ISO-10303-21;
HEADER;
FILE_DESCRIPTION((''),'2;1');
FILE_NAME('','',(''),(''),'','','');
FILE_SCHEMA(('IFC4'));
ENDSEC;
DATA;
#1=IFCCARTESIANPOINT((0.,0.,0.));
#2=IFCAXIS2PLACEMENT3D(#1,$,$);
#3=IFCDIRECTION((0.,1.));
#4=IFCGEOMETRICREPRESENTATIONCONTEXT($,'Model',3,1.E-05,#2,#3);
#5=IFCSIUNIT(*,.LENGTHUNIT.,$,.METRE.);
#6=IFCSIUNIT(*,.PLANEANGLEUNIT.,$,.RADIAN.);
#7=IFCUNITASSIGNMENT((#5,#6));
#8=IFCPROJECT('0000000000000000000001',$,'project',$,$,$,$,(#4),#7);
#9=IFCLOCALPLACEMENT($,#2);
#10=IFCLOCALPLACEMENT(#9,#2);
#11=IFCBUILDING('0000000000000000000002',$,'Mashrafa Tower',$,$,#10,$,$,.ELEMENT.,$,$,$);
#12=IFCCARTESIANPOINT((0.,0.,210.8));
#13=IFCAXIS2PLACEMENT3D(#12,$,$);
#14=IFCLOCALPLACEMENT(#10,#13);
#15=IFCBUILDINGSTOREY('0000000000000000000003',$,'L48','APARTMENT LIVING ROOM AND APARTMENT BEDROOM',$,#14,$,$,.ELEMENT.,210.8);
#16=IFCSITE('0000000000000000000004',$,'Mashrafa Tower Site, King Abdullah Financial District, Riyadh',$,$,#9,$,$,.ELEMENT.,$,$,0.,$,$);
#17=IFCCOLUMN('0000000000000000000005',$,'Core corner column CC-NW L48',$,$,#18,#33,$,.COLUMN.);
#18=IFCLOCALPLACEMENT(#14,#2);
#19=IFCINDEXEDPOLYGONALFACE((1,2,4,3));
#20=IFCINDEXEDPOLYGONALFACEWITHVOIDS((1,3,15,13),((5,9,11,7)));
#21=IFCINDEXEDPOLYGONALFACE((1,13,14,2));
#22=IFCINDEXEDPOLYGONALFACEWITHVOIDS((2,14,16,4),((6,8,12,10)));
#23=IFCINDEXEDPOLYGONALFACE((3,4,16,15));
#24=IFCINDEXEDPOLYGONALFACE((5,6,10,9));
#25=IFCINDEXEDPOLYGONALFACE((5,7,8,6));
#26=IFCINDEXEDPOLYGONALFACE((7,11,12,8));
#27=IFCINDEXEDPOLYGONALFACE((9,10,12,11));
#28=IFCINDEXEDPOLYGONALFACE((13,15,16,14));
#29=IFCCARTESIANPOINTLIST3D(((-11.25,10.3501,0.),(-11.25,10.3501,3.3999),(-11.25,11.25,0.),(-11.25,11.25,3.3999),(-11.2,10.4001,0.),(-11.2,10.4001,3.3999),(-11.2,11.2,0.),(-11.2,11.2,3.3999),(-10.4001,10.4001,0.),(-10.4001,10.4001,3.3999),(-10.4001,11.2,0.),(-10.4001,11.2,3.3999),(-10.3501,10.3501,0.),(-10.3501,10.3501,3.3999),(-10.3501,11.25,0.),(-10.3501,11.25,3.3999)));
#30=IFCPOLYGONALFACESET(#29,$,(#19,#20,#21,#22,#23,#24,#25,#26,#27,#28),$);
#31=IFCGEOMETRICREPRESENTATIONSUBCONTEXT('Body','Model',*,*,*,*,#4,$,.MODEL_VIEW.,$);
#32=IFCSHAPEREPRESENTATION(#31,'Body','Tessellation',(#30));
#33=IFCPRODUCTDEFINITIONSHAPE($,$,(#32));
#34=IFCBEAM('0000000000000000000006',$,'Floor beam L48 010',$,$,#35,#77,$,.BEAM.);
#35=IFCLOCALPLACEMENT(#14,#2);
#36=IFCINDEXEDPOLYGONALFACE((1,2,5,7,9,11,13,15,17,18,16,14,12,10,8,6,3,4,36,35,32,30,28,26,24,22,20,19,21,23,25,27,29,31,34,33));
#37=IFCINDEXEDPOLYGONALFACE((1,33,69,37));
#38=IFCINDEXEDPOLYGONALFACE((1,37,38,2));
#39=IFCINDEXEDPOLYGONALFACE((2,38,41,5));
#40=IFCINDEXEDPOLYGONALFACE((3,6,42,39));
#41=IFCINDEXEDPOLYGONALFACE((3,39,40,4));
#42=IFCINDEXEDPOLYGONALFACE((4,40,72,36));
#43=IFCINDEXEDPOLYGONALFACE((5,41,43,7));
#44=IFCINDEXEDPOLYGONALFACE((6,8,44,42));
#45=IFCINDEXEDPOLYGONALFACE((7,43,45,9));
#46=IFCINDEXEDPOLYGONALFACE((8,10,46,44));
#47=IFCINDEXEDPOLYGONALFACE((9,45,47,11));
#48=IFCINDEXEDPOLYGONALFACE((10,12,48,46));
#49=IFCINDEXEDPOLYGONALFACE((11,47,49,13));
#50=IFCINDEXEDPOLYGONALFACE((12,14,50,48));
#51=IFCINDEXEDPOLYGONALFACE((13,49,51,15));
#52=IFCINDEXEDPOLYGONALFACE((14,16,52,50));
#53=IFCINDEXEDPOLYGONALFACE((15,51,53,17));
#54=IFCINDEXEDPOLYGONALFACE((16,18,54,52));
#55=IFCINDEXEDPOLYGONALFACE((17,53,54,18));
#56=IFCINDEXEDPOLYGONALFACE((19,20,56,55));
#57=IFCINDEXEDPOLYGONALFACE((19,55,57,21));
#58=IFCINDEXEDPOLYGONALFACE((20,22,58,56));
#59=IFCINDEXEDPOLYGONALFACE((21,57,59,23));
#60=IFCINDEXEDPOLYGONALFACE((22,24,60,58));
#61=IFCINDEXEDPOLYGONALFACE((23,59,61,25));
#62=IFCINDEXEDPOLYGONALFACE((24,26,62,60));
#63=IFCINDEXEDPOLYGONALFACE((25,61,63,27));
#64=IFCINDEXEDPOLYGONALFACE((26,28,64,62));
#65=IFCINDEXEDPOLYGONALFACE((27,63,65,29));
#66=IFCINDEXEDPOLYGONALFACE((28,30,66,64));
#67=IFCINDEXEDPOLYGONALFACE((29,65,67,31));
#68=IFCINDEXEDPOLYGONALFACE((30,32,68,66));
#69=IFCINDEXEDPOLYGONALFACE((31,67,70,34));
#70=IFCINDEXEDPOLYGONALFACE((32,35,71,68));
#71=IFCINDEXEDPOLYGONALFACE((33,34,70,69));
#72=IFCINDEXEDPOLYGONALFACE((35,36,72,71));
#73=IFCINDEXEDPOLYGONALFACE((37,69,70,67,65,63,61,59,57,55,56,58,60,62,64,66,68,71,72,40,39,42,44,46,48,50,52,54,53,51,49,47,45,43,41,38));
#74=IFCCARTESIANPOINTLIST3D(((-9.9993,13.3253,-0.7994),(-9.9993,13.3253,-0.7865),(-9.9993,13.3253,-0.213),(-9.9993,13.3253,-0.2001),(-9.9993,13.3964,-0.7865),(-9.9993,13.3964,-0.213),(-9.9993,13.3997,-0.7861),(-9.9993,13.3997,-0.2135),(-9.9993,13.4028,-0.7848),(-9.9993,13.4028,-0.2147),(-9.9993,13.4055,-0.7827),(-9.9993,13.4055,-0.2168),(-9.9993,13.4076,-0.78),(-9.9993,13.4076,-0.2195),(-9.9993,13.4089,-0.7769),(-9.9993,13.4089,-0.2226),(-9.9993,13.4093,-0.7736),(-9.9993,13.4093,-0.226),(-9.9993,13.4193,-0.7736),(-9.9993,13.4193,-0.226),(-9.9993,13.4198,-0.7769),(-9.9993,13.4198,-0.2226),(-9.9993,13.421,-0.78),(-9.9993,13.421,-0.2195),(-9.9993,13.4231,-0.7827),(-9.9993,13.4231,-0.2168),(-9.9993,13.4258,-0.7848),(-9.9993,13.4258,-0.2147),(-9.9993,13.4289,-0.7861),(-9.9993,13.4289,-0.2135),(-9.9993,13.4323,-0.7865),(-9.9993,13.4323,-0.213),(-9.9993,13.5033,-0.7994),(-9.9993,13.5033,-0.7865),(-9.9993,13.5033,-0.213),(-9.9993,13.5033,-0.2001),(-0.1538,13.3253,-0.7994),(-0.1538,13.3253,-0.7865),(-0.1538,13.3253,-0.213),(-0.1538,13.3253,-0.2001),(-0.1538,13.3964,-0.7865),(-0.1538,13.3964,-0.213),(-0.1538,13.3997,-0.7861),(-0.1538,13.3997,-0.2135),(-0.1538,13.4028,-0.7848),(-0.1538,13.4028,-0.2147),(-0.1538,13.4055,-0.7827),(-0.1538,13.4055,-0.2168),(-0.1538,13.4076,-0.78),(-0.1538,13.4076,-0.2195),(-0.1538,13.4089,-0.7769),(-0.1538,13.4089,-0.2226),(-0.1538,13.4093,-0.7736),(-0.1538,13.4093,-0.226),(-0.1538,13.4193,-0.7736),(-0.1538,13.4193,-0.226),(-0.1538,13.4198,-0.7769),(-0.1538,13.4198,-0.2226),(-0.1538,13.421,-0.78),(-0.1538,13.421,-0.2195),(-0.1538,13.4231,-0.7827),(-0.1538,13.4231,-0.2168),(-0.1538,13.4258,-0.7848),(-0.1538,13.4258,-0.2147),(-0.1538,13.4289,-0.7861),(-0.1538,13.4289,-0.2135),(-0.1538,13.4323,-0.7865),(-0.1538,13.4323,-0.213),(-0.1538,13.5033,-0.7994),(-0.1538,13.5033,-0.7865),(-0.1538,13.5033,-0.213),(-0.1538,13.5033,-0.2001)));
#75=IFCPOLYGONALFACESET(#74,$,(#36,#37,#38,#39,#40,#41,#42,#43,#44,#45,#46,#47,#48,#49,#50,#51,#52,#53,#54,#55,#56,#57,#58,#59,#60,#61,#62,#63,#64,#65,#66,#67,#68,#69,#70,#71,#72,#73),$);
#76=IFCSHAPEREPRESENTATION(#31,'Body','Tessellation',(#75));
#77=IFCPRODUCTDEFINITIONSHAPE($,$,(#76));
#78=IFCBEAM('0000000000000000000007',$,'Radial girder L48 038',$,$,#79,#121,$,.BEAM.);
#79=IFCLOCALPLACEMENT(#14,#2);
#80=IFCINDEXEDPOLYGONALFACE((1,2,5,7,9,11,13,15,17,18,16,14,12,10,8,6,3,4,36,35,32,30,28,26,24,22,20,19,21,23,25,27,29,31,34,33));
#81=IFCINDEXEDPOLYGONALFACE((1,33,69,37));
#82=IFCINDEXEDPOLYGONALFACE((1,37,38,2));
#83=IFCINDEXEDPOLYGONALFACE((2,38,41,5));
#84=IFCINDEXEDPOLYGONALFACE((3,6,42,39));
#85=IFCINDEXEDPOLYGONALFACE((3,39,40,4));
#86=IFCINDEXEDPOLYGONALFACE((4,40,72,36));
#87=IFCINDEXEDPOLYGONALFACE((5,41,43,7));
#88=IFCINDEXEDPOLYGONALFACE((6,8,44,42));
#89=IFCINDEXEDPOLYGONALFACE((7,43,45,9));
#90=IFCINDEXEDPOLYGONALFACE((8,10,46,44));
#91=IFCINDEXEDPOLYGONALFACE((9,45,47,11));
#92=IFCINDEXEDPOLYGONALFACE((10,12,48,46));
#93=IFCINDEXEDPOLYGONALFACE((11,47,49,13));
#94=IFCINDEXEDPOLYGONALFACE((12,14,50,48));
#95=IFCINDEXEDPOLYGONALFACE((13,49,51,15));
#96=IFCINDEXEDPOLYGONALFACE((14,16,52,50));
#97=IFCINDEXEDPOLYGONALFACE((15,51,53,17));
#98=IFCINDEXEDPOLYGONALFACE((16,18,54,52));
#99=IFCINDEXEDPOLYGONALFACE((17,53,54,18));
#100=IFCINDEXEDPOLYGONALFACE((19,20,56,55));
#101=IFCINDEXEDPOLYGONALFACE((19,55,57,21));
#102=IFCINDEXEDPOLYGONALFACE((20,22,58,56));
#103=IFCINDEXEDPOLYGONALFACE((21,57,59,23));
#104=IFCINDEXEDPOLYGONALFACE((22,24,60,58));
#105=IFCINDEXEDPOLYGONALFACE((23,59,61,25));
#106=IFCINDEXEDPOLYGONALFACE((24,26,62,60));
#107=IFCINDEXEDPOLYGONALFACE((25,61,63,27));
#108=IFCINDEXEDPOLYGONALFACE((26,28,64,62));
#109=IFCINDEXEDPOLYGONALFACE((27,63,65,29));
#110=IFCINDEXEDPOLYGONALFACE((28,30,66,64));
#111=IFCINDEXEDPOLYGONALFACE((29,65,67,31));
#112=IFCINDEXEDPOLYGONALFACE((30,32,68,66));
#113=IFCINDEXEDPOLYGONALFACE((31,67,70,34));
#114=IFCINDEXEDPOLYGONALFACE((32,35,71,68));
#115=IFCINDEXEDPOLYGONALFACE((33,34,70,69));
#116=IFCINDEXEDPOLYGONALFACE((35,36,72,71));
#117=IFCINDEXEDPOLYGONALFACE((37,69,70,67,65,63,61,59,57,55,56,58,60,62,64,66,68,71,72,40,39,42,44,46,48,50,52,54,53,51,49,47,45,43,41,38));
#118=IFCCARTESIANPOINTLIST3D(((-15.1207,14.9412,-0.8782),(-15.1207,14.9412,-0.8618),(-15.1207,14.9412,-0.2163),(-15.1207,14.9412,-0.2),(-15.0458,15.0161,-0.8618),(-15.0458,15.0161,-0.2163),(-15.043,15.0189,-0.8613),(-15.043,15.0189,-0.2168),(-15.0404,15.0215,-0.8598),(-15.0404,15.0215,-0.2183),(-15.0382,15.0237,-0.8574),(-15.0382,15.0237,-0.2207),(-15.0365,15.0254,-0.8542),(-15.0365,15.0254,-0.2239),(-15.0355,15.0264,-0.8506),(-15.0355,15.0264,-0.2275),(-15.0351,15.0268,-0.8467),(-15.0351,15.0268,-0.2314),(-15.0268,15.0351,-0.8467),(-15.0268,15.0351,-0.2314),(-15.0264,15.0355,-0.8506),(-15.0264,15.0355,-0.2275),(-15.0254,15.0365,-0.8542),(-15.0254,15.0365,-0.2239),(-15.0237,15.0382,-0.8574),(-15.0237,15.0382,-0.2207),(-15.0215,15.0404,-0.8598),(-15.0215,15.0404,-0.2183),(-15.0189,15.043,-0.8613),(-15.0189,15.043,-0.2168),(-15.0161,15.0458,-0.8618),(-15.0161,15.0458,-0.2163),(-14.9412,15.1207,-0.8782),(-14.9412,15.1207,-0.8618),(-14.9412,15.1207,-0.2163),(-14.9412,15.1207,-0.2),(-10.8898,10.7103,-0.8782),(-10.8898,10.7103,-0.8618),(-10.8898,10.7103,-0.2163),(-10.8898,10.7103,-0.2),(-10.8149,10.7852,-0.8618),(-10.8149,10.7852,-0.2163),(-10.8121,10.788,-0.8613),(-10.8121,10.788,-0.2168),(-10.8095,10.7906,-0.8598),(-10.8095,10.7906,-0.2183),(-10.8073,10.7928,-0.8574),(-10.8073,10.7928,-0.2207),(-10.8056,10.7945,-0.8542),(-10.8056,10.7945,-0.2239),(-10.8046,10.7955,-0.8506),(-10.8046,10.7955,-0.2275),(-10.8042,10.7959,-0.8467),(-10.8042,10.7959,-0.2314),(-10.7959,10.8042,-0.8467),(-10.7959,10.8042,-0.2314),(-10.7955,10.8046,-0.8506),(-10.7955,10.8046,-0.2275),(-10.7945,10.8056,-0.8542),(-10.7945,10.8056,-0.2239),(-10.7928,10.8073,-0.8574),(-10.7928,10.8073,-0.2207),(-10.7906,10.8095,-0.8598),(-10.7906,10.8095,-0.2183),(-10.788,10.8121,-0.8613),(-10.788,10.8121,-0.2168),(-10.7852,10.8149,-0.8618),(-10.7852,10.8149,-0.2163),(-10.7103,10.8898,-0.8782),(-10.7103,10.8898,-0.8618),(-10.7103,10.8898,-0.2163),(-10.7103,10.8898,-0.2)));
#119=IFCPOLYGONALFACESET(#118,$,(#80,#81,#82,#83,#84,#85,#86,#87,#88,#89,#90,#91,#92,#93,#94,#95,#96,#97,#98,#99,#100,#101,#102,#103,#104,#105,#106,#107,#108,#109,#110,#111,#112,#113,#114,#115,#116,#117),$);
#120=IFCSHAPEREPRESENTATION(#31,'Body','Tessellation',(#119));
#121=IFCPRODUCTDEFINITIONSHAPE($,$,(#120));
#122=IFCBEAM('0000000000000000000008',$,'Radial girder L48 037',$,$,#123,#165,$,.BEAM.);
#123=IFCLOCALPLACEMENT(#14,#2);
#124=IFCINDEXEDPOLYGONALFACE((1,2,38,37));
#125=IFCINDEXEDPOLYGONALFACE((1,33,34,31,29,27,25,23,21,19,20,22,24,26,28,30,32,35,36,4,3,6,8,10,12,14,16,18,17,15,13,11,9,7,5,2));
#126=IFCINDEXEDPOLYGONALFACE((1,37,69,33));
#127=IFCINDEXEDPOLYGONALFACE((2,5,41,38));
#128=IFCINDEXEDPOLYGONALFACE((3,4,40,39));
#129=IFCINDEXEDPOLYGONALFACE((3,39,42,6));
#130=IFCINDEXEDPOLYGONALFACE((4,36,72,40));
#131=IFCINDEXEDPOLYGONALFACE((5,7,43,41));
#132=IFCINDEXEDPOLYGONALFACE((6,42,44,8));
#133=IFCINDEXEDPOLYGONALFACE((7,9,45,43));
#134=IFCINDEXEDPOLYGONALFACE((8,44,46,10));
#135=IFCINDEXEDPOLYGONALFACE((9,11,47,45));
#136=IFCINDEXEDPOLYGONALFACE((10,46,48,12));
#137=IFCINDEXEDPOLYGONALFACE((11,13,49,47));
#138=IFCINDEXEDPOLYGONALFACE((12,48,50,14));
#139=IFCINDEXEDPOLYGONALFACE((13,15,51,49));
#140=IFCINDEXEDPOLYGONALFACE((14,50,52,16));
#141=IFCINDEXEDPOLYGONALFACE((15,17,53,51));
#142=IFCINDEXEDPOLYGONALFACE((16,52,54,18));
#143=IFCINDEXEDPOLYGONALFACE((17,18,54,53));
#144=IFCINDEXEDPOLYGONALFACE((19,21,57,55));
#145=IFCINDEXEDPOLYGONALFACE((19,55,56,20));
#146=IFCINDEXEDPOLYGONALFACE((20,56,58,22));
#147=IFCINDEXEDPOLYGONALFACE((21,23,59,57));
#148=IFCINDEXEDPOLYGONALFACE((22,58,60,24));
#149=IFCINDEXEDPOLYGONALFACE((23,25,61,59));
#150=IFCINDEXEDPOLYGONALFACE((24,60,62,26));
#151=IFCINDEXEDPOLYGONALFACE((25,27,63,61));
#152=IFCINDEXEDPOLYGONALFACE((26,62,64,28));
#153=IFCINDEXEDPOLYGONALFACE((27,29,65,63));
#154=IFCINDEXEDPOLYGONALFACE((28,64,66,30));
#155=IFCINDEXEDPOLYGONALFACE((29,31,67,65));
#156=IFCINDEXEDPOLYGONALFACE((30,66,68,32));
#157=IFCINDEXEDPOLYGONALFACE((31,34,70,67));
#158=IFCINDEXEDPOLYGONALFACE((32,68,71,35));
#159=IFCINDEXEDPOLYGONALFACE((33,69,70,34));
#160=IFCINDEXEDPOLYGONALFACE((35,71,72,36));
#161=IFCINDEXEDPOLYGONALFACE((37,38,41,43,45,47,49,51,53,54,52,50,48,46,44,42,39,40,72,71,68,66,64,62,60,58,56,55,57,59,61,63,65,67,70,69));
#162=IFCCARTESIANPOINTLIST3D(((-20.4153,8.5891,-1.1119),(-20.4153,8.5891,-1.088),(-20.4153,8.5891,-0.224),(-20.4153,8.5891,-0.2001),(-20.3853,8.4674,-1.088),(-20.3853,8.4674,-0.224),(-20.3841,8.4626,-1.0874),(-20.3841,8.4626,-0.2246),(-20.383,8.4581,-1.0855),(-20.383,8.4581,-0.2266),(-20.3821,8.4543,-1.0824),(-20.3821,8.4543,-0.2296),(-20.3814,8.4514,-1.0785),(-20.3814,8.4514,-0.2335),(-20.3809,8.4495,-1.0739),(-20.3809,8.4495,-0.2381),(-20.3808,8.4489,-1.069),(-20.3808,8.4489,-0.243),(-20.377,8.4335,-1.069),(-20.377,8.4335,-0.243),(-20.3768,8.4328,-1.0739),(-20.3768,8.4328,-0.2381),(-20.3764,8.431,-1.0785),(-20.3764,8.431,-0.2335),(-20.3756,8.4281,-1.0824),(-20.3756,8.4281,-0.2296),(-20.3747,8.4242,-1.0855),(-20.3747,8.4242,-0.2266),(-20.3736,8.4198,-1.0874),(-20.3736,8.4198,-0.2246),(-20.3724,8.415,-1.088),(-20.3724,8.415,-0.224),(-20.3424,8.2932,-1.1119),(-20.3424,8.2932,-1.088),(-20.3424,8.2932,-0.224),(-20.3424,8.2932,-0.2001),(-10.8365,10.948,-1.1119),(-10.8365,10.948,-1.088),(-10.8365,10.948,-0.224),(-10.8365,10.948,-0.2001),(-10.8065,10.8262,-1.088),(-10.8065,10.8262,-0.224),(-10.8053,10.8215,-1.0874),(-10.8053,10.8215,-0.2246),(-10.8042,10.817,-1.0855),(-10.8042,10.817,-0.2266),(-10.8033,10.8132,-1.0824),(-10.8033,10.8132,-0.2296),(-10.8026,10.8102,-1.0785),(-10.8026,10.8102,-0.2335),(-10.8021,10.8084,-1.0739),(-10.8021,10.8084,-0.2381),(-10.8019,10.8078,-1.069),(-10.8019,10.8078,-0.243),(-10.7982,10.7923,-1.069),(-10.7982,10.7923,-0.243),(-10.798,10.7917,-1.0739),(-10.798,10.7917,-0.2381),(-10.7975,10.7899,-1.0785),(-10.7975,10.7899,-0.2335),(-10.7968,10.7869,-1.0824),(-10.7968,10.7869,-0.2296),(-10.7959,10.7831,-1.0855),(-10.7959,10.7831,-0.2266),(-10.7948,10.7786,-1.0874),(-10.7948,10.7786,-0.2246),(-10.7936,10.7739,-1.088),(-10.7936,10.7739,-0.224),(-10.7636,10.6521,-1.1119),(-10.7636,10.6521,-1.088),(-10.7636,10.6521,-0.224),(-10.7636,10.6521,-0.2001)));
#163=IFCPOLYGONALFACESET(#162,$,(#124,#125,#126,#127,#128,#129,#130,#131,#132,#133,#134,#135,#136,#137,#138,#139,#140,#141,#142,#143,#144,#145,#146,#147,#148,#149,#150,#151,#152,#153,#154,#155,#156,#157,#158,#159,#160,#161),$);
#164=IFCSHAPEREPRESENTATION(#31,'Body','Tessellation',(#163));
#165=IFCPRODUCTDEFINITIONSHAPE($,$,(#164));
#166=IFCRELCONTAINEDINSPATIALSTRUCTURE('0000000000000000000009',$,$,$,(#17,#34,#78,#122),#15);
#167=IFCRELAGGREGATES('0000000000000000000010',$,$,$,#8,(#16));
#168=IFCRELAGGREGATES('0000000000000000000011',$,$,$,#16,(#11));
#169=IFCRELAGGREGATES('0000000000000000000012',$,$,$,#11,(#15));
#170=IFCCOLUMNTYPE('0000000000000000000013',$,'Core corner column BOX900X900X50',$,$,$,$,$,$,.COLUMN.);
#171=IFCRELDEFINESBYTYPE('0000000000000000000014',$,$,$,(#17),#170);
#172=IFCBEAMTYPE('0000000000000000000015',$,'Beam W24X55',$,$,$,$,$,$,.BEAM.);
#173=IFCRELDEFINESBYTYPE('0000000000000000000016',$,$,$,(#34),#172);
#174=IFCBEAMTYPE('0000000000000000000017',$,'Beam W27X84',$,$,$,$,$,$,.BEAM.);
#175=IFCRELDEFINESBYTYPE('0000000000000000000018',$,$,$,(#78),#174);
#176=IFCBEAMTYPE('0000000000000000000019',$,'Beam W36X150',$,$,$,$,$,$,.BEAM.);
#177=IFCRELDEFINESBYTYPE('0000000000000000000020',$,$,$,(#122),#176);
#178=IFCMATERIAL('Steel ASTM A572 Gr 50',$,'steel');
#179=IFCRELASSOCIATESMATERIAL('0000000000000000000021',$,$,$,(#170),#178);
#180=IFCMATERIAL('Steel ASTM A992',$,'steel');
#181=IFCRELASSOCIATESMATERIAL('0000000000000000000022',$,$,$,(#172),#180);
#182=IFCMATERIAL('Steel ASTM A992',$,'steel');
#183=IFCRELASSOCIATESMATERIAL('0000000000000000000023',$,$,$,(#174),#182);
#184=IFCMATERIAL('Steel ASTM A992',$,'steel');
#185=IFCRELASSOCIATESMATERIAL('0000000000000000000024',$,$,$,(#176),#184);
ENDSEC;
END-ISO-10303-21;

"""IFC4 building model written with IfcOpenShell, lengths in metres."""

from ifc_helpers import new_model, si_unit, direction, frame, origin, origin_2d, place, context, subcontext, project, spatial, hollow_rectangle, i_section, extrude, material, material_profile, profile_set, type_object, element, save


model = new_model("IFC4")

# Units and contexts
model_context = context("Model", 3, precision=1e-05, world=origin(), true_north=direction((0.0, 1.0)))
body_context = subcontext(model_context, "Body", "Model", "MODEL_VIEW")
ifc_project = project(units=[si_unit("LENGTHUNIT", "METRE"), si_unit("PLANEANGLEUNIT", "RADIAN")], contexts=[model_context])

# Site, building, storey
site_placement = place(None, origin())
site = spatial("IfcSite", under=ifc_project, at=site_placement, Name="Mashrafa Tower Site, King Abdullah Financial District, Riyadh", CompositionType="ELEMENT", RefElevation=0.0)
building_placement = place(site_placement, origin())
building = spatial("IfcBuilding", under=site, at=building_placement, Name="Mashrafa Tower", CompositionType="ELEMENT")
storey_placement = place(building_placement, frame((0.0, 0.0, 210.8)))
storey = spatial("IfcBuildingStorey", under=building, at=storey_placement, Name="L48", Description="APARTMENT LIVING ROOM AND APARTMENT BEDROOM", CompositionType="ELEMENT", Elevation=210.8)

# Column
ifc_material_1 = material(Name="Steel ASTM A572 Gr 50", Category="steel")
ifc_material_profile_1 = material_profile(ifc_material_1, hollow_rectangle(XDim=0.8999, YDim=0.8999, WallThickness=0.05, at=origin_2d()), Name="BOX900X900X50")
ifc_profile_set_1 = profile_set([ifc_material_profile_1], Name="Steel ASTM A572 Gr 50")
column_type = type_object("IfcColumnType", Name="Core corner column BOX900X900X50", PredefinedType="COLUMN", material=ifc_profile_set_1)
column_placement = place(storey_placement, frame((-10.8, 10.8, 0.0), z_axis=(0.0, 0.0, 1.0), x_axis=(1.0, 0.0, 0.0)))
element("IfcColumn", 1, at=column_placement, inside=storey, type_object=column_type, Name="Core corner column CC-NW L48", PredefinedType="COLUMN", context=body_context, shape_type="SweptSolid", body=[
    extrude(hollow_rectangle(XDim=0.8999, YDim=0.8999, WallThickness=0.05, at=origin_2d()), origin(), (0.0, 0.0, 1.0), 3.3999),
])

# Beams
ifc_material_2 = material(Name="Steel ASTM A992", Category="steel")
ifc_material_profile_2 = material_profile(ifc_material_2, i_section(OverallWidth=0.178, OverallDepth=0.5994, WebThickness=0.01, FlangeThickness=0.0129, FilletRadius=0.0129, at=origin_2d()), Name="W24X55")
ifc_profile_set_2 = profile_set([ifc_material_profile_2], Name="Steel ASTM A992")
beam_type_1 = type_object("IfcBeamType", Name="Beam W24X55", PredefinedType="BEAM", material=ifc_profile_set_2)
beam_1_placement = place(storey_placement, frame((-9.9993, 13.4143, -0.4998), z_axis=(1.0, 0.0, 0.0), x_axis=(0.0, 1.0, 0.0)))
element("IfcBeam", 2, at=beam_1_placement, inside=storey, type_object=beam_type_1, Name="Floor beam L48 010", PredefinedType="BEAM", context=body_context, shape_type="SweptSolid", body=[
    extrude(i_section(OverallWidth=0.178, OverallDepth=0.5994, WebThickness=0.01, FlangeThickness=0.0129, FilletRadius=0.0129, at=origin_2d()), origin(), (0.0, 0.0, 1.0), 9.8455),
])
ifc_material_3 = material(Name="Steel ASTM A992", Category="steel")
ifc_material_profile_3 = material_profile(ifc_material_3, i_section(OverallWidth=0.2539, OverallDepth=0.6782, WebThickness=0.0117, FlangeThickness=0.0164, FilletRadius=0.0151, at=origin_2d()), Name="W27X84")
ifc_profile_set_3 = profile_set([ifc_material_profile_3], Name="Steel ASTM A992")
beam_type_2 = type_object("IfcBeamType", Name="Beam W27X84", PredefinedType="BEAM", material=ifc_profile_set_3)
beam_2_placement = place(storey_placement, frame((-10.8, 10.8, -0.5391), z_axis=(-0.707107, 0.707107, 0.0), x_axis=(-0.707107, -0.707107, 0.0)))
element("IfcBeam", 3, at=beam_2_placement, inside=storey, type_object=beam_type_2, Name="Radial girder L48 038", PredefinedType="BEAM", context=body_context, shape_type="SweptSolid", body=[
    extrude(i_section(OverallWidth=0.2539, OverallDepth=0.6782, WebThickness=0.0117, FlangeThickness=0.0164, FilletRadius=0.0151, at=origin_2d()), origin(), (0.0, 0.0, 1.0), 5.9834),
])
ifc_material_4 = material(Name="Steel ASTM A992", Category="steel")
ifc_material_profile_4 = material_profile(ifc_material_4, i_section(OverallWidth=0.3047, OverallDepth=0.9119, WebThickness=0.0159, FlangeThickness=0.0239, FilletRadius=0.019, at=origin_2d()), Name="W36X150")
ifc_profile_set_4 = profile_set([ifc_material_profile_4], Name="Steel ASTM A992")
beam_type_3 = type_object("IfcBeamType", Name="Beam W36X150", PredefinedType="BEAM", material=ifc_profile_set_4)
for number, where, z_axis, x_axis, name in (
    (4, (-10.8, 10.8, -0.656), (-0.970991, -0.239116, 0.0), (0.239116, -0.970991, 0.0), "Radial girder L48 037"),
):
    element("IfcBeam", number, at=place(storey_placement, frame(where, z_axis=z_axis, x_axis=x_axis)), inside=storey, type_object=beam_type_3, Name=name, PredefinedType="BEAM", context=body_context, shape_type="SweptSolid", body=[
        extrude(i_section(OverallWidth=0.3047, OverallDepth=0.9119, WebThickness=0.0159, FlangeThickness=0.0239, FilletRadius=0.019, at=origin_2d()), origin(), (0.0, 0.0, 1.0), 9.865),
    ])

save(model, "model.ifc")
